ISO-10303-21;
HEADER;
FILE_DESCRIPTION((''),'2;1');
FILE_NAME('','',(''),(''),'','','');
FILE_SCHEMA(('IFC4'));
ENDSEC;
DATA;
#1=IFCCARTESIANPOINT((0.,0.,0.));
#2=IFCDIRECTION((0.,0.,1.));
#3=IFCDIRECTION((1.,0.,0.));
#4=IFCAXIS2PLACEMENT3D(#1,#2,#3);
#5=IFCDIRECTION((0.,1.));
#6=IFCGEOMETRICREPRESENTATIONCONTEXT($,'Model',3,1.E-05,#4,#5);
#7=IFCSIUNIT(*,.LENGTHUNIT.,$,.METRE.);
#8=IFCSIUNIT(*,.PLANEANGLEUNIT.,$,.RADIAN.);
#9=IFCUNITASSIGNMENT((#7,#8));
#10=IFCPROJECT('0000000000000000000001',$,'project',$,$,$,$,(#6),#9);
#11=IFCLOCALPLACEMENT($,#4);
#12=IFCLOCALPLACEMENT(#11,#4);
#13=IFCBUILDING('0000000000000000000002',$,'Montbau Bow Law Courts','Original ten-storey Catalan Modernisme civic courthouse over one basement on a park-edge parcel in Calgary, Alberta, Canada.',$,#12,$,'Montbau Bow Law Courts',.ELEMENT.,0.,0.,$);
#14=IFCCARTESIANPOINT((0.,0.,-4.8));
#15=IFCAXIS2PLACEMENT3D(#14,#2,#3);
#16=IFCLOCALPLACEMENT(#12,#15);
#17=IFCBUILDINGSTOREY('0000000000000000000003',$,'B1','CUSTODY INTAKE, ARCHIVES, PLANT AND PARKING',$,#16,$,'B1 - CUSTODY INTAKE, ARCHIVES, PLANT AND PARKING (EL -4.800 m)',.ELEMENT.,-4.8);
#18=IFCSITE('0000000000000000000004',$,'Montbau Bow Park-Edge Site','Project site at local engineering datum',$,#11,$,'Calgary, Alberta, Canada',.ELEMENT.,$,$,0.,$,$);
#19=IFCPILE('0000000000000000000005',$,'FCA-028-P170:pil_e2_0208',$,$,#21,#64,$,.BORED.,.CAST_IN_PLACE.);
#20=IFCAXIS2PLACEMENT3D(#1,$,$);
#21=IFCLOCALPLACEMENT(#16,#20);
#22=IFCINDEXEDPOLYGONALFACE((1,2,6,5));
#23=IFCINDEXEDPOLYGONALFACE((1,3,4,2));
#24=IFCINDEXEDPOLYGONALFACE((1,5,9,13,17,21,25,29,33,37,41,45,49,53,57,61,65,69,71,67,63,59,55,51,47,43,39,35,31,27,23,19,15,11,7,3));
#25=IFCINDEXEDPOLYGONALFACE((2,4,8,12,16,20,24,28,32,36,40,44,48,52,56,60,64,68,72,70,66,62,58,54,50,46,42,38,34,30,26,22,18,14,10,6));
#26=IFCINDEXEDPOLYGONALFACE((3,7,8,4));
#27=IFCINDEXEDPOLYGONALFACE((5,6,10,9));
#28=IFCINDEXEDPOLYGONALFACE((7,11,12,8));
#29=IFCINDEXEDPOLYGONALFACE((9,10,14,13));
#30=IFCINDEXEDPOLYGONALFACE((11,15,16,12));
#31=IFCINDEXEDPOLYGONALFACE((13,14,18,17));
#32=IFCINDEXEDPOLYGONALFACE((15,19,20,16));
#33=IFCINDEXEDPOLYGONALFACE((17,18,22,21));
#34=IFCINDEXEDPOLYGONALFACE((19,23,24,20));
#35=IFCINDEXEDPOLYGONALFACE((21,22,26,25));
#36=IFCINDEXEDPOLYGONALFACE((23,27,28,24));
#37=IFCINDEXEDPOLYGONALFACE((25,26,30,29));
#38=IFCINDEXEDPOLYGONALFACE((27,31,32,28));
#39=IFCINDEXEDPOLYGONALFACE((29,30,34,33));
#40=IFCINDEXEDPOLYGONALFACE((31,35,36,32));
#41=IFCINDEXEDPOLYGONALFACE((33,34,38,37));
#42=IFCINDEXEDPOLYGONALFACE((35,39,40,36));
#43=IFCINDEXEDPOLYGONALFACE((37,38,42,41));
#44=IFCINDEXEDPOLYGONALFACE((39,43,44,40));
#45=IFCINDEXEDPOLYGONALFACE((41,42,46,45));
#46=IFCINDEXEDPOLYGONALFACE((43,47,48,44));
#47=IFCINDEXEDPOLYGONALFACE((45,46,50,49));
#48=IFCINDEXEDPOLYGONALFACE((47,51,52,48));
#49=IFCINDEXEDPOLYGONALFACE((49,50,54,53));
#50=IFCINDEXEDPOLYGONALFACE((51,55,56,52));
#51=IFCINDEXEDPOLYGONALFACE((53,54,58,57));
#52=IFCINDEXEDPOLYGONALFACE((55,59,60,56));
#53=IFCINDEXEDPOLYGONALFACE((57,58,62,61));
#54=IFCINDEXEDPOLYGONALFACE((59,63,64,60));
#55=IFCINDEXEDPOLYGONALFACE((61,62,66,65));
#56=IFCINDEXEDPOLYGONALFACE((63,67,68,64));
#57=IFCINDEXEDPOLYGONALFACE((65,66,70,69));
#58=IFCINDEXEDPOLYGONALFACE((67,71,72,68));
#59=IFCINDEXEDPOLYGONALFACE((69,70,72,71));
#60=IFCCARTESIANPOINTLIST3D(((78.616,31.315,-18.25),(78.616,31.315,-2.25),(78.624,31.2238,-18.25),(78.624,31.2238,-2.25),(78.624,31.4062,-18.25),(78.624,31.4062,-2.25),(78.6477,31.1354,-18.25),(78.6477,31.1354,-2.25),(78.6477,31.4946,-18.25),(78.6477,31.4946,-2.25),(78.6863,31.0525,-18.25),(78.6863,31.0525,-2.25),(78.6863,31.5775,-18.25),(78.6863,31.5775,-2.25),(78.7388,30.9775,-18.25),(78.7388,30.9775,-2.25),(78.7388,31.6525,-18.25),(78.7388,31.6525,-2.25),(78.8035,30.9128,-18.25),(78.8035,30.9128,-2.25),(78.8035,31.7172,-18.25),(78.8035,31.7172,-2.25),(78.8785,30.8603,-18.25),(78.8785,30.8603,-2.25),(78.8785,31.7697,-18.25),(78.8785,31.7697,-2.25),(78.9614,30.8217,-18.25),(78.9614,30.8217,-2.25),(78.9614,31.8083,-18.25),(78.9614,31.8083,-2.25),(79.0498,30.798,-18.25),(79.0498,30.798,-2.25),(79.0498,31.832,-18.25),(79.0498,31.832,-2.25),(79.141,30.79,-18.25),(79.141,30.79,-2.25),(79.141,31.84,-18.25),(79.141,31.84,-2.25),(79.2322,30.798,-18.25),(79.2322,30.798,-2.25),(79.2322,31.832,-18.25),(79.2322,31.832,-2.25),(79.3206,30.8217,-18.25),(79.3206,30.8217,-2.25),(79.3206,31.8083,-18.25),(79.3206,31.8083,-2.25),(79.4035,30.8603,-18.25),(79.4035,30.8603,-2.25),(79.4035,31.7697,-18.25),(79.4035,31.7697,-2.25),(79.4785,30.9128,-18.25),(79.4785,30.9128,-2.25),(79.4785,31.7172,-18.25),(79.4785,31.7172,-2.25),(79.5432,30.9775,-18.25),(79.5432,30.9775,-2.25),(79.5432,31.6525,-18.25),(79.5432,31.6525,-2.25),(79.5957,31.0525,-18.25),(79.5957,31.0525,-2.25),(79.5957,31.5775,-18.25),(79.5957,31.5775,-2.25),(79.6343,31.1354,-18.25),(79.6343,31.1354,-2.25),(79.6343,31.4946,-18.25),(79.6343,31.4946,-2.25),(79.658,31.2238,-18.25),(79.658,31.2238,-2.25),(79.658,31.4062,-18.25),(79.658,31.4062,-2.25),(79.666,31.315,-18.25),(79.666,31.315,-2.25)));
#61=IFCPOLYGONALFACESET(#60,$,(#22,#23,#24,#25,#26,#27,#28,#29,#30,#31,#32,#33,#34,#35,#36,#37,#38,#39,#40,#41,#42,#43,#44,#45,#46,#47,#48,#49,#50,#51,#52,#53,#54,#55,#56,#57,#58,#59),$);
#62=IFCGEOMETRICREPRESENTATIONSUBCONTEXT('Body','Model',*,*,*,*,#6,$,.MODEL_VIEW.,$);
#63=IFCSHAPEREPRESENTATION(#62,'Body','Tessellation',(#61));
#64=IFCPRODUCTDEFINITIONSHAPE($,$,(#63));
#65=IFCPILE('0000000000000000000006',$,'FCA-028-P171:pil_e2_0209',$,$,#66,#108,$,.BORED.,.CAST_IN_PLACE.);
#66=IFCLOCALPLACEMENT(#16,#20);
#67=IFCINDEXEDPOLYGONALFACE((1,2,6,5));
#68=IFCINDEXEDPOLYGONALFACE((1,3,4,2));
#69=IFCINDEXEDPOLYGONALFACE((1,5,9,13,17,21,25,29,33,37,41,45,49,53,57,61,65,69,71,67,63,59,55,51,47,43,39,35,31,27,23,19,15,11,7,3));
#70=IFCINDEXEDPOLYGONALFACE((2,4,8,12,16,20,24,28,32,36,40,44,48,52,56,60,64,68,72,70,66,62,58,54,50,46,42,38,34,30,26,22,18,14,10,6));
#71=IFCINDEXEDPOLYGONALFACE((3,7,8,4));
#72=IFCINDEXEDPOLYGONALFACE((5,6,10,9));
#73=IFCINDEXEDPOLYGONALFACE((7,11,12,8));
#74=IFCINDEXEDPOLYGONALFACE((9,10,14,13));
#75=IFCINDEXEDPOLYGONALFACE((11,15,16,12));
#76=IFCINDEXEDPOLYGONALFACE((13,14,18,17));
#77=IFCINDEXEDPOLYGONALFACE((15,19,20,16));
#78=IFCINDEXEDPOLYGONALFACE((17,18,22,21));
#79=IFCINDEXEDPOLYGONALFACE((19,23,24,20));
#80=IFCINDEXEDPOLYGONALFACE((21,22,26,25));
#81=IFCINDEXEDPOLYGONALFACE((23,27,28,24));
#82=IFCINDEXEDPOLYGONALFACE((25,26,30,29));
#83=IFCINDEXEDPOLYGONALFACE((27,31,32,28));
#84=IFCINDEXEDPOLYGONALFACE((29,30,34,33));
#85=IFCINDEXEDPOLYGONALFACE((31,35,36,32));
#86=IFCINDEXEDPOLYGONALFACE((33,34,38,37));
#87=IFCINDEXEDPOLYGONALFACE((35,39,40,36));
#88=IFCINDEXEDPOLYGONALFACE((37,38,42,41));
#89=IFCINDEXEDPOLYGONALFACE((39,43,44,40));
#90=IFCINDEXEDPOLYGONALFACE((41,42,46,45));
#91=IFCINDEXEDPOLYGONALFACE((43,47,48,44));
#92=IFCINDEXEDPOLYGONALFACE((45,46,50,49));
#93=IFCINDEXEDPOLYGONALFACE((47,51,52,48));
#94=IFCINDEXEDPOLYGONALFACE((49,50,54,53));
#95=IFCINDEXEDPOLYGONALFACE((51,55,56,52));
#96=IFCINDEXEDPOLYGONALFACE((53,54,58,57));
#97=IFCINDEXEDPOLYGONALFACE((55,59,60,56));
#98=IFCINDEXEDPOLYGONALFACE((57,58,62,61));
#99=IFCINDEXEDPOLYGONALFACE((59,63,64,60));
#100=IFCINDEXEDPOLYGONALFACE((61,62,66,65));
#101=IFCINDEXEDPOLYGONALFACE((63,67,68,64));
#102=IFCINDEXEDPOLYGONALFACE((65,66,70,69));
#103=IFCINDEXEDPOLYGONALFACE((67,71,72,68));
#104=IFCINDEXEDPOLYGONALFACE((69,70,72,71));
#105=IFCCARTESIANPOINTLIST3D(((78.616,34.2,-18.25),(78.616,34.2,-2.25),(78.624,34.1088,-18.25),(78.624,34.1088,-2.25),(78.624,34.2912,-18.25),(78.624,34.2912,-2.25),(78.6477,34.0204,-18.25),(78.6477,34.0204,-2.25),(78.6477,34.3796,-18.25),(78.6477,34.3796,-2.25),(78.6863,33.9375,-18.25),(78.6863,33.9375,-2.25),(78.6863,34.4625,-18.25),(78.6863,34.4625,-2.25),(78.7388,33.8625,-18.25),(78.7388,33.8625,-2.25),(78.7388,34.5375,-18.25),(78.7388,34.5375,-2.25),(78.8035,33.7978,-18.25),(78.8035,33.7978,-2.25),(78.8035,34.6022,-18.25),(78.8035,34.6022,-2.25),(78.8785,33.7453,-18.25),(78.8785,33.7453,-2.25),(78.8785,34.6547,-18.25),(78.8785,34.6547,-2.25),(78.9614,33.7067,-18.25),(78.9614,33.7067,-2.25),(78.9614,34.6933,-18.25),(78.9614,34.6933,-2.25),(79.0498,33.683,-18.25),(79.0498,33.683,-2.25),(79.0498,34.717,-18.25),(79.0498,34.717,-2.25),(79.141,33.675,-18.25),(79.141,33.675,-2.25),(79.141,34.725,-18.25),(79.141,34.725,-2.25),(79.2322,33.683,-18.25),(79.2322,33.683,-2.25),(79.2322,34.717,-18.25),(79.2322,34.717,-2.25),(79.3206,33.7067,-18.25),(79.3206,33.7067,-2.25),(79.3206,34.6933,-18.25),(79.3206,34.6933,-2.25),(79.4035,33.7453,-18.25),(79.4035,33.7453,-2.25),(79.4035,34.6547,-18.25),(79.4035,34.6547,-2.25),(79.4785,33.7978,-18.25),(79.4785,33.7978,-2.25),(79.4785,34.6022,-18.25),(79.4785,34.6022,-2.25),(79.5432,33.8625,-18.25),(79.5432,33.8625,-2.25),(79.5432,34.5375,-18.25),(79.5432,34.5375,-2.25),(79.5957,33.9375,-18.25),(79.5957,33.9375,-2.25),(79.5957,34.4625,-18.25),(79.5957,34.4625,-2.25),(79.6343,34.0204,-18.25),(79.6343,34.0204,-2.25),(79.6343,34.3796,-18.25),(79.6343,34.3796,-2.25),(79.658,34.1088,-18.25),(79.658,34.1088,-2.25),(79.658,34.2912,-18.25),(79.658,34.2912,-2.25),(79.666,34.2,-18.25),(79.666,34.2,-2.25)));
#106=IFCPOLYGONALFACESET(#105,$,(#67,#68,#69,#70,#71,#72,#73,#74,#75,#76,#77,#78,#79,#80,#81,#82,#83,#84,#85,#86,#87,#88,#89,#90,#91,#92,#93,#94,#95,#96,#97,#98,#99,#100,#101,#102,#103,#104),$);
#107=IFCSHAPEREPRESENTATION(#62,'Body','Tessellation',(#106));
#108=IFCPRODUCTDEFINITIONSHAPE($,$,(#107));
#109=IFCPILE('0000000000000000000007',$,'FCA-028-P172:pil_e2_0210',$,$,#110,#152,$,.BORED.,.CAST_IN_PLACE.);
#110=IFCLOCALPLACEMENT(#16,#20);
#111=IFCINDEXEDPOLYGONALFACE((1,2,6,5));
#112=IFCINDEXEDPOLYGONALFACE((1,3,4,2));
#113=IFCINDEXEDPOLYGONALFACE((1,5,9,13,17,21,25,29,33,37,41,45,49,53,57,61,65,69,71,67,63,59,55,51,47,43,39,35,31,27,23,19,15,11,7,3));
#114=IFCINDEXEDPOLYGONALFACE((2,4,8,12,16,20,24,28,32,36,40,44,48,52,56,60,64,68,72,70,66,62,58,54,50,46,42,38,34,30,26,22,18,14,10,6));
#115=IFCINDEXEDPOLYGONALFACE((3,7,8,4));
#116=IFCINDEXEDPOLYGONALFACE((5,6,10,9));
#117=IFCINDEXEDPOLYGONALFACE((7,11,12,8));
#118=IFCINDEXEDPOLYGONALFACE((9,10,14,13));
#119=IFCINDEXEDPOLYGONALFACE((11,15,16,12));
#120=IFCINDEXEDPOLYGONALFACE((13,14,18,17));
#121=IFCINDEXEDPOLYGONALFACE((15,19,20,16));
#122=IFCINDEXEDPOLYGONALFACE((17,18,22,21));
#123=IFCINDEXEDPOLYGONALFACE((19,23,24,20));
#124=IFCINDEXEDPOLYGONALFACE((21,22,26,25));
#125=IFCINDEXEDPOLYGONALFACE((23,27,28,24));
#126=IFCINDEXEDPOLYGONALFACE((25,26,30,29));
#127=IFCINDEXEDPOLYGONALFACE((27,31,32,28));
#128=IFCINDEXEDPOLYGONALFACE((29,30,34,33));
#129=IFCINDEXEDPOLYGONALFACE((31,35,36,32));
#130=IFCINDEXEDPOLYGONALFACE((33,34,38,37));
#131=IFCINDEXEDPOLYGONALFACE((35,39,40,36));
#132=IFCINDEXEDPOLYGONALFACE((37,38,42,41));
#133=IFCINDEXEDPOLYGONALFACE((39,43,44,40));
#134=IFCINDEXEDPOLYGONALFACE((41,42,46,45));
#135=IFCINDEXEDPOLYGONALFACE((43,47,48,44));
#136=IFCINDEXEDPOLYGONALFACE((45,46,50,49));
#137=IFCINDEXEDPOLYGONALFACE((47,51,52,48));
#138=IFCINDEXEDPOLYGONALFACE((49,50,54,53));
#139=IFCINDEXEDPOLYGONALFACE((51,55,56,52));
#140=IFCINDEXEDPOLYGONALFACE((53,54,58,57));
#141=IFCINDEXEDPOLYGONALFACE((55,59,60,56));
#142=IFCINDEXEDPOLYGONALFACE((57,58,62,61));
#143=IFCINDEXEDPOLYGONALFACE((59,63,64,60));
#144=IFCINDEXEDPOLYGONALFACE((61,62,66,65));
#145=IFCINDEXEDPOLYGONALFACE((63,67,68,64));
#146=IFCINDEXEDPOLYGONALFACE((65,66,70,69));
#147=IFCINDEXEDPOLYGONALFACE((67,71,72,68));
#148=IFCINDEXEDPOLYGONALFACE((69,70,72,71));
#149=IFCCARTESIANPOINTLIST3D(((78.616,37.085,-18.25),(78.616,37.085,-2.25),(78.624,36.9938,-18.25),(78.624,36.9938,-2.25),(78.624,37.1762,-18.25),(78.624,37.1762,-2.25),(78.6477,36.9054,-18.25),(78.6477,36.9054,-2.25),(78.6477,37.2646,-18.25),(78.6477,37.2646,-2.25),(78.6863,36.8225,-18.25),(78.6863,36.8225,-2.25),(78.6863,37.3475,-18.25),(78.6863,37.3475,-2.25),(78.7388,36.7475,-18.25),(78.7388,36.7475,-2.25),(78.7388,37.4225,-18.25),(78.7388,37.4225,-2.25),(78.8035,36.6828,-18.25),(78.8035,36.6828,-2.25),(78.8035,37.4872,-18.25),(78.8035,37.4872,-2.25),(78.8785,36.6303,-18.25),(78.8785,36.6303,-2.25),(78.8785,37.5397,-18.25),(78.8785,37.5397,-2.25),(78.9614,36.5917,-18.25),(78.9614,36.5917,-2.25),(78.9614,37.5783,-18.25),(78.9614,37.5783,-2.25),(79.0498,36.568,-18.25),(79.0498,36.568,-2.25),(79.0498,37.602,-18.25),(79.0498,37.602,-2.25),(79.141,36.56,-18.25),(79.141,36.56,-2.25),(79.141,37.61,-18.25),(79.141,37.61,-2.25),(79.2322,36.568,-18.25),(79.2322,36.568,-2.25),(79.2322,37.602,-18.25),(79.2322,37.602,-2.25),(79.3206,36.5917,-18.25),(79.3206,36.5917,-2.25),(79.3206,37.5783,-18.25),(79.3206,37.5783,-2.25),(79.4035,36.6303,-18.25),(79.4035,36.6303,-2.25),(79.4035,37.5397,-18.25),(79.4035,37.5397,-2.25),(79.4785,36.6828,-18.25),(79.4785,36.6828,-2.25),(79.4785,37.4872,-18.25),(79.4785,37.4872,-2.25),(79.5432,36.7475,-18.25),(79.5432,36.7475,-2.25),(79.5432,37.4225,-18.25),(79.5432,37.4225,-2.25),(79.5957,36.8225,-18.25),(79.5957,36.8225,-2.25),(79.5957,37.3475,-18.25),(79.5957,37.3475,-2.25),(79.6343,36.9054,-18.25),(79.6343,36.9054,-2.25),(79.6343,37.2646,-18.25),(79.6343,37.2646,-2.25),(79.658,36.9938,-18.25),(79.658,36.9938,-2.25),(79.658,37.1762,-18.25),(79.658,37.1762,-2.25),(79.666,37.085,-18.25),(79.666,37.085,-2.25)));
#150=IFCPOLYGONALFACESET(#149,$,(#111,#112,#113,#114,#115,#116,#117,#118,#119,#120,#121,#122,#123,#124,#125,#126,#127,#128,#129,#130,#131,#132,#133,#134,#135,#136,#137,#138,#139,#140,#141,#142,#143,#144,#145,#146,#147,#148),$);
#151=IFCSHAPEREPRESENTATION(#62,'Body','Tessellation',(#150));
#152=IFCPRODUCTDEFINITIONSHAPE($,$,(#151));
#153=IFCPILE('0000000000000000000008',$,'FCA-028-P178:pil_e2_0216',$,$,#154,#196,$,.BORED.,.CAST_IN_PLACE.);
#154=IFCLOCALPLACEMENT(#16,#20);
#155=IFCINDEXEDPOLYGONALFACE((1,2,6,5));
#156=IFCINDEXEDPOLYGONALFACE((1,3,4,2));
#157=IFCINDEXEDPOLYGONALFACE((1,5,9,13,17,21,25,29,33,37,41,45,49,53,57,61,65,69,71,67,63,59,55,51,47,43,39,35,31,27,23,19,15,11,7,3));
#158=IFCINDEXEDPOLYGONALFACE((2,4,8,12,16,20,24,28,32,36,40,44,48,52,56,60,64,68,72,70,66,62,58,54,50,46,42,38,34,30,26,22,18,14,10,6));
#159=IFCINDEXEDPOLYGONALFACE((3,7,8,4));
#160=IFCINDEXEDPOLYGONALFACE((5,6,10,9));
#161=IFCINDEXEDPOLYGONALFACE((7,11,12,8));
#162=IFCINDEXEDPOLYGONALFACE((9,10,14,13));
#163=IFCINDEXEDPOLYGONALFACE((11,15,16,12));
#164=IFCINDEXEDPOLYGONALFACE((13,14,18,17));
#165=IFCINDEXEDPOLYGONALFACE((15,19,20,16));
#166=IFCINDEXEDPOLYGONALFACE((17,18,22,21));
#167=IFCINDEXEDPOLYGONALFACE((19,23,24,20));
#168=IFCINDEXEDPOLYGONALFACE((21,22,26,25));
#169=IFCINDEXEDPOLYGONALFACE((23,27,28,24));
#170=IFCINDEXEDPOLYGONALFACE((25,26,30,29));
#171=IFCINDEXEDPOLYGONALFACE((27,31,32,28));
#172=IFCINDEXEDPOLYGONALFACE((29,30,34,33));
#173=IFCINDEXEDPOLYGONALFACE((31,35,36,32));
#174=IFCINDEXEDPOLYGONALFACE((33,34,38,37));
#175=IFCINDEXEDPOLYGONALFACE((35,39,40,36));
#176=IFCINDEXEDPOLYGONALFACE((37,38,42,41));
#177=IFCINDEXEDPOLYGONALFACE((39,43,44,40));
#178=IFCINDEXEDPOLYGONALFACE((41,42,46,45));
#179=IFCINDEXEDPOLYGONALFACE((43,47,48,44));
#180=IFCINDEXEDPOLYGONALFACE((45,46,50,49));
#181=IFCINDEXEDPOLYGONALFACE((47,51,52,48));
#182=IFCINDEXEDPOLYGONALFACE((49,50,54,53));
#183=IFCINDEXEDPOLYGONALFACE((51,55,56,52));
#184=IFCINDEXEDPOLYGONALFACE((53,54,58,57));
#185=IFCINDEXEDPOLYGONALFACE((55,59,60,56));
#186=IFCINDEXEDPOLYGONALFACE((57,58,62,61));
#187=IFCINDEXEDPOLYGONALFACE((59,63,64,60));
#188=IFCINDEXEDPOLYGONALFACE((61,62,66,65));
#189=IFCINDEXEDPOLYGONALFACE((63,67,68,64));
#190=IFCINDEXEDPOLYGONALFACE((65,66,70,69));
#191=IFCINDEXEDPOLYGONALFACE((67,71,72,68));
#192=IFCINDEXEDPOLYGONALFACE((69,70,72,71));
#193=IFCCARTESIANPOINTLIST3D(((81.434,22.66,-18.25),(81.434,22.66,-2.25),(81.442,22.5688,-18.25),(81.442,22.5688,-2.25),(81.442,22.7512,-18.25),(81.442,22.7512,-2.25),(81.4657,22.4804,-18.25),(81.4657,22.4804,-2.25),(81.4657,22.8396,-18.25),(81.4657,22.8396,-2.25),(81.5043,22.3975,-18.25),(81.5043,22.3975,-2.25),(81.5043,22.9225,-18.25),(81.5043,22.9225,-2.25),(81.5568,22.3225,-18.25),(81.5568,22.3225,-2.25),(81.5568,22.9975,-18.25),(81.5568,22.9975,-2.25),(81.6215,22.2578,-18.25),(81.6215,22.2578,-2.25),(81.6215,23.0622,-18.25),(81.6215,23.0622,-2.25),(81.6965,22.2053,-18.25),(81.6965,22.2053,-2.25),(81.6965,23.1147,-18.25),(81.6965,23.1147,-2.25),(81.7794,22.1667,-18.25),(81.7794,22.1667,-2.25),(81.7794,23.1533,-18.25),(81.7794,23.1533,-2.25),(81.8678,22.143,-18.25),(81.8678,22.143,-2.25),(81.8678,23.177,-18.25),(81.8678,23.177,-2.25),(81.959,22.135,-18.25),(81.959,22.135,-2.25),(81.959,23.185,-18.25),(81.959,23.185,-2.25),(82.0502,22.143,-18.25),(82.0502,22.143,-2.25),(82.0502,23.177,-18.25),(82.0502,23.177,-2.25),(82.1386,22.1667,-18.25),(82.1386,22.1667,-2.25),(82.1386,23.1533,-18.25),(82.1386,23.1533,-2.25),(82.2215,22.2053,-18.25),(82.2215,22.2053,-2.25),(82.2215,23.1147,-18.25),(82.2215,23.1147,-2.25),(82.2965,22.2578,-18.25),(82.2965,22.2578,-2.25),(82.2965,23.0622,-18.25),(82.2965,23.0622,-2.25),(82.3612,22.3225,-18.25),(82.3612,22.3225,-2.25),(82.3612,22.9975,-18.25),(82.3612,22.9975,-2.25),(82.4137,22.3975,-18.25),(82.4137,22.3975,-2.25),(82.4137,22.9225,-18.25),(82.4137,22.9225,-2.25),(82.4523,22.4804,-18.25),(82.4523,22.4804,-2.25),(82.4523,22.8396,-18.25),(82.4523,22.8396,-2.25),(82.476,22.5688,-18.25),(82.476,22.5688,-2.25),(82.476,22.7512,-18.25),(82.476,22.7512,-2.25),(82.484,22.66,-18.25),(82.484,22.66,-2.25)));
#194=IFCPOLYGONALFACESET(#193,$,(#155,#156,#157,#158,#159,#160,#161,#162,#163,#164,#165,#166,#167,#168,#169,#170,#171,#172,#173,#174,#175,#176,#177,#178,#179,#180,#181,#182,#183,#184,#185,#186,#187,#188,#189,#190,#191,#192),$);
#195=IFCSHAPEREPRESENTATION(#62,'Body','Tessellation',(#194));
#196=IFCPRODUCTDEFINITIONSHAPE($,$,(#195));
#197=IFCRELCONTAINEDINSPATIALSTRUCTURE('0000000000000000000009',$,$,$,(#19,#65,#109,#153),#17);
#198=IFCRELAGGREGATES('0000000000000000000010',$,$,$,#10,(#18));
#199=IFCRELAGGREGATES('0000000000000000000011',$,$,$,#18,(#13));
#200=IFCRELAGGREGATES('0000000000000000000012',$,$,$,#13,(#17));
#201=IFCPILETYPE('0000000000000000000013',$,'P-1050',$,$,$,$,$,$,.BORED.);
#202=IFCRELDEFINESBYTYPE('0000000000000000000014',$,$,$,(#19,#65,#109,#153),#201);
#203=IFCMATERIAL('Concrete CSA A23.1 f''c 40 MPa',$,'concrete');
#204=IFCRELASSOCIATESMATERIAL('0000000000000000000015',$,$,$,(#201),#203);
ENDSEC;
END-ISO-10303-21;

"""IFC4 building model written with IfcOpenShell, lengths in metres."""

from ifc_helpers import new_model, si_unit, direction, frame, origin_with_axes, origin_2d_with_axis, place, context, subcontext, project, spatial, circle, extrude, material, material_profile, profile_set, type_object, element, save


model = new_model("IFC4")

# Units and contexts
model_context = context("Model", 3, precision=1e-05, world=origin_with_axes(), true_north=direction((0.0, 1.0)))
body_context = subcontext(model_context, "Body", "Model", "MODEL_VIEW")
ifc_project = project(units=[si_unit("LENGTHUNIT", "METRE"), si_unit("PLANEANGLEUNIT", "RADIAN")], contexts=[model_context])

# Site, building, storey
site_placement = place(None, origin_with_axes())
site = spatial("IfcSite", under=ifc_project, at=site_placement, Name="Montbau Bow Park-Edge Site", Description="Project site at local engineering datum", LongName="Calgary, Alberta, Canada", CompositionType="ELEMENT", RefElevation=0.0)
building_placement = place(site_placement, origin_with_axes())
building = spatial("IfcBuilding", under=site, at=building_placement, Name="Montbau Bow Law Courts", Description="Original ten-storey Catalan Modernisme civic courthouse over one basement on a park-edge parcel in Calgary, Alberta, Canada.", LongName="Montbau Bow Law Courts", CompositionType="ELEMENT", ElevationOfRefHeight=0.0, ElevationOfTerrain=0.0)
storey_placement = place(building_placement, frame((0.0, 0.0, -4.8), z_axis=(0.0, 0.0, 1.0), x_axis=(1.0, 0.0, 0.0)))
storey = spatial("IfcBuildingStorey", under=building, at=storey_placement, Name="B1", Description="CUSTODY INTAKE, ARCHIVES, PLANT AND PARKING", LongName="B1 - CUSTODY INTAKE, ARCHIVES, PLANT AND PARKING (EL -4.800 m)", CompositionType="ELEMENT", Elevation=-4.8)

# Piles
ifc_material_1 = material(Name="Concrete CSA A23.1 f'c 40 MPa", Category="concrete")
ifc_material_profile_1 = material_profile(ifc_material_1, circle(Radius=0.525, at=origin_2d_with_axis()), Name="BP1050", Category="Main", Priority=0)
ifc_profile_set_1 = profile_set([ifc_material_profile_1], Name="Concrete CSA A23.1 f'c 40 MPa")
pile_type = type_object("IfcPileType", Name="P-1050", PredefinedType="BORED", material=ifc_profile_set_1)
for number, where, z_axis, x_axis, name in (
    (1, (79.141, 31.315, -23.05), (0.0, 0.0, 1.0), (1.0, 0.0, 0.0), "FCA-028-P170:pil_e2_0208"),
    (2, (79.141, 34.2, -23.05), (0.0, 0.0, 1.0), (1.0, 0.0, 0.0), "FCA-028-P171:pil_e2_0209"),
    (3, (79.141, 37.085, -23.05), (0.0, 0.0, 1.0), (1.0, 0.0, 0.0), "FCA-028-P172:pil_e2_0210"),
    (4, (81.959, 22.66, -23.05), (0.0, 0.0, 1.0), (1.0, 0.0, 0.0), "FCA-028-P178:pil_e2_0216"),
):
    element("IfcPile", number, at=place(None, frame(where, z_axis=z_axis, x_axis=x_axis)), inside=storey, type_object=pile_type, Name=name, ConstructionType="CAST_IN_PLACE", PredefinedType="BORED", context=body_context, shape_type="SweptSolid", body=[
        extrude(circle(Radius=0.525, at=origin_2d_with_axis()), origin_with_axes(), (0.0, 0.0, 1.0), 16.0),
    ])

save(model, "model.ifc")
